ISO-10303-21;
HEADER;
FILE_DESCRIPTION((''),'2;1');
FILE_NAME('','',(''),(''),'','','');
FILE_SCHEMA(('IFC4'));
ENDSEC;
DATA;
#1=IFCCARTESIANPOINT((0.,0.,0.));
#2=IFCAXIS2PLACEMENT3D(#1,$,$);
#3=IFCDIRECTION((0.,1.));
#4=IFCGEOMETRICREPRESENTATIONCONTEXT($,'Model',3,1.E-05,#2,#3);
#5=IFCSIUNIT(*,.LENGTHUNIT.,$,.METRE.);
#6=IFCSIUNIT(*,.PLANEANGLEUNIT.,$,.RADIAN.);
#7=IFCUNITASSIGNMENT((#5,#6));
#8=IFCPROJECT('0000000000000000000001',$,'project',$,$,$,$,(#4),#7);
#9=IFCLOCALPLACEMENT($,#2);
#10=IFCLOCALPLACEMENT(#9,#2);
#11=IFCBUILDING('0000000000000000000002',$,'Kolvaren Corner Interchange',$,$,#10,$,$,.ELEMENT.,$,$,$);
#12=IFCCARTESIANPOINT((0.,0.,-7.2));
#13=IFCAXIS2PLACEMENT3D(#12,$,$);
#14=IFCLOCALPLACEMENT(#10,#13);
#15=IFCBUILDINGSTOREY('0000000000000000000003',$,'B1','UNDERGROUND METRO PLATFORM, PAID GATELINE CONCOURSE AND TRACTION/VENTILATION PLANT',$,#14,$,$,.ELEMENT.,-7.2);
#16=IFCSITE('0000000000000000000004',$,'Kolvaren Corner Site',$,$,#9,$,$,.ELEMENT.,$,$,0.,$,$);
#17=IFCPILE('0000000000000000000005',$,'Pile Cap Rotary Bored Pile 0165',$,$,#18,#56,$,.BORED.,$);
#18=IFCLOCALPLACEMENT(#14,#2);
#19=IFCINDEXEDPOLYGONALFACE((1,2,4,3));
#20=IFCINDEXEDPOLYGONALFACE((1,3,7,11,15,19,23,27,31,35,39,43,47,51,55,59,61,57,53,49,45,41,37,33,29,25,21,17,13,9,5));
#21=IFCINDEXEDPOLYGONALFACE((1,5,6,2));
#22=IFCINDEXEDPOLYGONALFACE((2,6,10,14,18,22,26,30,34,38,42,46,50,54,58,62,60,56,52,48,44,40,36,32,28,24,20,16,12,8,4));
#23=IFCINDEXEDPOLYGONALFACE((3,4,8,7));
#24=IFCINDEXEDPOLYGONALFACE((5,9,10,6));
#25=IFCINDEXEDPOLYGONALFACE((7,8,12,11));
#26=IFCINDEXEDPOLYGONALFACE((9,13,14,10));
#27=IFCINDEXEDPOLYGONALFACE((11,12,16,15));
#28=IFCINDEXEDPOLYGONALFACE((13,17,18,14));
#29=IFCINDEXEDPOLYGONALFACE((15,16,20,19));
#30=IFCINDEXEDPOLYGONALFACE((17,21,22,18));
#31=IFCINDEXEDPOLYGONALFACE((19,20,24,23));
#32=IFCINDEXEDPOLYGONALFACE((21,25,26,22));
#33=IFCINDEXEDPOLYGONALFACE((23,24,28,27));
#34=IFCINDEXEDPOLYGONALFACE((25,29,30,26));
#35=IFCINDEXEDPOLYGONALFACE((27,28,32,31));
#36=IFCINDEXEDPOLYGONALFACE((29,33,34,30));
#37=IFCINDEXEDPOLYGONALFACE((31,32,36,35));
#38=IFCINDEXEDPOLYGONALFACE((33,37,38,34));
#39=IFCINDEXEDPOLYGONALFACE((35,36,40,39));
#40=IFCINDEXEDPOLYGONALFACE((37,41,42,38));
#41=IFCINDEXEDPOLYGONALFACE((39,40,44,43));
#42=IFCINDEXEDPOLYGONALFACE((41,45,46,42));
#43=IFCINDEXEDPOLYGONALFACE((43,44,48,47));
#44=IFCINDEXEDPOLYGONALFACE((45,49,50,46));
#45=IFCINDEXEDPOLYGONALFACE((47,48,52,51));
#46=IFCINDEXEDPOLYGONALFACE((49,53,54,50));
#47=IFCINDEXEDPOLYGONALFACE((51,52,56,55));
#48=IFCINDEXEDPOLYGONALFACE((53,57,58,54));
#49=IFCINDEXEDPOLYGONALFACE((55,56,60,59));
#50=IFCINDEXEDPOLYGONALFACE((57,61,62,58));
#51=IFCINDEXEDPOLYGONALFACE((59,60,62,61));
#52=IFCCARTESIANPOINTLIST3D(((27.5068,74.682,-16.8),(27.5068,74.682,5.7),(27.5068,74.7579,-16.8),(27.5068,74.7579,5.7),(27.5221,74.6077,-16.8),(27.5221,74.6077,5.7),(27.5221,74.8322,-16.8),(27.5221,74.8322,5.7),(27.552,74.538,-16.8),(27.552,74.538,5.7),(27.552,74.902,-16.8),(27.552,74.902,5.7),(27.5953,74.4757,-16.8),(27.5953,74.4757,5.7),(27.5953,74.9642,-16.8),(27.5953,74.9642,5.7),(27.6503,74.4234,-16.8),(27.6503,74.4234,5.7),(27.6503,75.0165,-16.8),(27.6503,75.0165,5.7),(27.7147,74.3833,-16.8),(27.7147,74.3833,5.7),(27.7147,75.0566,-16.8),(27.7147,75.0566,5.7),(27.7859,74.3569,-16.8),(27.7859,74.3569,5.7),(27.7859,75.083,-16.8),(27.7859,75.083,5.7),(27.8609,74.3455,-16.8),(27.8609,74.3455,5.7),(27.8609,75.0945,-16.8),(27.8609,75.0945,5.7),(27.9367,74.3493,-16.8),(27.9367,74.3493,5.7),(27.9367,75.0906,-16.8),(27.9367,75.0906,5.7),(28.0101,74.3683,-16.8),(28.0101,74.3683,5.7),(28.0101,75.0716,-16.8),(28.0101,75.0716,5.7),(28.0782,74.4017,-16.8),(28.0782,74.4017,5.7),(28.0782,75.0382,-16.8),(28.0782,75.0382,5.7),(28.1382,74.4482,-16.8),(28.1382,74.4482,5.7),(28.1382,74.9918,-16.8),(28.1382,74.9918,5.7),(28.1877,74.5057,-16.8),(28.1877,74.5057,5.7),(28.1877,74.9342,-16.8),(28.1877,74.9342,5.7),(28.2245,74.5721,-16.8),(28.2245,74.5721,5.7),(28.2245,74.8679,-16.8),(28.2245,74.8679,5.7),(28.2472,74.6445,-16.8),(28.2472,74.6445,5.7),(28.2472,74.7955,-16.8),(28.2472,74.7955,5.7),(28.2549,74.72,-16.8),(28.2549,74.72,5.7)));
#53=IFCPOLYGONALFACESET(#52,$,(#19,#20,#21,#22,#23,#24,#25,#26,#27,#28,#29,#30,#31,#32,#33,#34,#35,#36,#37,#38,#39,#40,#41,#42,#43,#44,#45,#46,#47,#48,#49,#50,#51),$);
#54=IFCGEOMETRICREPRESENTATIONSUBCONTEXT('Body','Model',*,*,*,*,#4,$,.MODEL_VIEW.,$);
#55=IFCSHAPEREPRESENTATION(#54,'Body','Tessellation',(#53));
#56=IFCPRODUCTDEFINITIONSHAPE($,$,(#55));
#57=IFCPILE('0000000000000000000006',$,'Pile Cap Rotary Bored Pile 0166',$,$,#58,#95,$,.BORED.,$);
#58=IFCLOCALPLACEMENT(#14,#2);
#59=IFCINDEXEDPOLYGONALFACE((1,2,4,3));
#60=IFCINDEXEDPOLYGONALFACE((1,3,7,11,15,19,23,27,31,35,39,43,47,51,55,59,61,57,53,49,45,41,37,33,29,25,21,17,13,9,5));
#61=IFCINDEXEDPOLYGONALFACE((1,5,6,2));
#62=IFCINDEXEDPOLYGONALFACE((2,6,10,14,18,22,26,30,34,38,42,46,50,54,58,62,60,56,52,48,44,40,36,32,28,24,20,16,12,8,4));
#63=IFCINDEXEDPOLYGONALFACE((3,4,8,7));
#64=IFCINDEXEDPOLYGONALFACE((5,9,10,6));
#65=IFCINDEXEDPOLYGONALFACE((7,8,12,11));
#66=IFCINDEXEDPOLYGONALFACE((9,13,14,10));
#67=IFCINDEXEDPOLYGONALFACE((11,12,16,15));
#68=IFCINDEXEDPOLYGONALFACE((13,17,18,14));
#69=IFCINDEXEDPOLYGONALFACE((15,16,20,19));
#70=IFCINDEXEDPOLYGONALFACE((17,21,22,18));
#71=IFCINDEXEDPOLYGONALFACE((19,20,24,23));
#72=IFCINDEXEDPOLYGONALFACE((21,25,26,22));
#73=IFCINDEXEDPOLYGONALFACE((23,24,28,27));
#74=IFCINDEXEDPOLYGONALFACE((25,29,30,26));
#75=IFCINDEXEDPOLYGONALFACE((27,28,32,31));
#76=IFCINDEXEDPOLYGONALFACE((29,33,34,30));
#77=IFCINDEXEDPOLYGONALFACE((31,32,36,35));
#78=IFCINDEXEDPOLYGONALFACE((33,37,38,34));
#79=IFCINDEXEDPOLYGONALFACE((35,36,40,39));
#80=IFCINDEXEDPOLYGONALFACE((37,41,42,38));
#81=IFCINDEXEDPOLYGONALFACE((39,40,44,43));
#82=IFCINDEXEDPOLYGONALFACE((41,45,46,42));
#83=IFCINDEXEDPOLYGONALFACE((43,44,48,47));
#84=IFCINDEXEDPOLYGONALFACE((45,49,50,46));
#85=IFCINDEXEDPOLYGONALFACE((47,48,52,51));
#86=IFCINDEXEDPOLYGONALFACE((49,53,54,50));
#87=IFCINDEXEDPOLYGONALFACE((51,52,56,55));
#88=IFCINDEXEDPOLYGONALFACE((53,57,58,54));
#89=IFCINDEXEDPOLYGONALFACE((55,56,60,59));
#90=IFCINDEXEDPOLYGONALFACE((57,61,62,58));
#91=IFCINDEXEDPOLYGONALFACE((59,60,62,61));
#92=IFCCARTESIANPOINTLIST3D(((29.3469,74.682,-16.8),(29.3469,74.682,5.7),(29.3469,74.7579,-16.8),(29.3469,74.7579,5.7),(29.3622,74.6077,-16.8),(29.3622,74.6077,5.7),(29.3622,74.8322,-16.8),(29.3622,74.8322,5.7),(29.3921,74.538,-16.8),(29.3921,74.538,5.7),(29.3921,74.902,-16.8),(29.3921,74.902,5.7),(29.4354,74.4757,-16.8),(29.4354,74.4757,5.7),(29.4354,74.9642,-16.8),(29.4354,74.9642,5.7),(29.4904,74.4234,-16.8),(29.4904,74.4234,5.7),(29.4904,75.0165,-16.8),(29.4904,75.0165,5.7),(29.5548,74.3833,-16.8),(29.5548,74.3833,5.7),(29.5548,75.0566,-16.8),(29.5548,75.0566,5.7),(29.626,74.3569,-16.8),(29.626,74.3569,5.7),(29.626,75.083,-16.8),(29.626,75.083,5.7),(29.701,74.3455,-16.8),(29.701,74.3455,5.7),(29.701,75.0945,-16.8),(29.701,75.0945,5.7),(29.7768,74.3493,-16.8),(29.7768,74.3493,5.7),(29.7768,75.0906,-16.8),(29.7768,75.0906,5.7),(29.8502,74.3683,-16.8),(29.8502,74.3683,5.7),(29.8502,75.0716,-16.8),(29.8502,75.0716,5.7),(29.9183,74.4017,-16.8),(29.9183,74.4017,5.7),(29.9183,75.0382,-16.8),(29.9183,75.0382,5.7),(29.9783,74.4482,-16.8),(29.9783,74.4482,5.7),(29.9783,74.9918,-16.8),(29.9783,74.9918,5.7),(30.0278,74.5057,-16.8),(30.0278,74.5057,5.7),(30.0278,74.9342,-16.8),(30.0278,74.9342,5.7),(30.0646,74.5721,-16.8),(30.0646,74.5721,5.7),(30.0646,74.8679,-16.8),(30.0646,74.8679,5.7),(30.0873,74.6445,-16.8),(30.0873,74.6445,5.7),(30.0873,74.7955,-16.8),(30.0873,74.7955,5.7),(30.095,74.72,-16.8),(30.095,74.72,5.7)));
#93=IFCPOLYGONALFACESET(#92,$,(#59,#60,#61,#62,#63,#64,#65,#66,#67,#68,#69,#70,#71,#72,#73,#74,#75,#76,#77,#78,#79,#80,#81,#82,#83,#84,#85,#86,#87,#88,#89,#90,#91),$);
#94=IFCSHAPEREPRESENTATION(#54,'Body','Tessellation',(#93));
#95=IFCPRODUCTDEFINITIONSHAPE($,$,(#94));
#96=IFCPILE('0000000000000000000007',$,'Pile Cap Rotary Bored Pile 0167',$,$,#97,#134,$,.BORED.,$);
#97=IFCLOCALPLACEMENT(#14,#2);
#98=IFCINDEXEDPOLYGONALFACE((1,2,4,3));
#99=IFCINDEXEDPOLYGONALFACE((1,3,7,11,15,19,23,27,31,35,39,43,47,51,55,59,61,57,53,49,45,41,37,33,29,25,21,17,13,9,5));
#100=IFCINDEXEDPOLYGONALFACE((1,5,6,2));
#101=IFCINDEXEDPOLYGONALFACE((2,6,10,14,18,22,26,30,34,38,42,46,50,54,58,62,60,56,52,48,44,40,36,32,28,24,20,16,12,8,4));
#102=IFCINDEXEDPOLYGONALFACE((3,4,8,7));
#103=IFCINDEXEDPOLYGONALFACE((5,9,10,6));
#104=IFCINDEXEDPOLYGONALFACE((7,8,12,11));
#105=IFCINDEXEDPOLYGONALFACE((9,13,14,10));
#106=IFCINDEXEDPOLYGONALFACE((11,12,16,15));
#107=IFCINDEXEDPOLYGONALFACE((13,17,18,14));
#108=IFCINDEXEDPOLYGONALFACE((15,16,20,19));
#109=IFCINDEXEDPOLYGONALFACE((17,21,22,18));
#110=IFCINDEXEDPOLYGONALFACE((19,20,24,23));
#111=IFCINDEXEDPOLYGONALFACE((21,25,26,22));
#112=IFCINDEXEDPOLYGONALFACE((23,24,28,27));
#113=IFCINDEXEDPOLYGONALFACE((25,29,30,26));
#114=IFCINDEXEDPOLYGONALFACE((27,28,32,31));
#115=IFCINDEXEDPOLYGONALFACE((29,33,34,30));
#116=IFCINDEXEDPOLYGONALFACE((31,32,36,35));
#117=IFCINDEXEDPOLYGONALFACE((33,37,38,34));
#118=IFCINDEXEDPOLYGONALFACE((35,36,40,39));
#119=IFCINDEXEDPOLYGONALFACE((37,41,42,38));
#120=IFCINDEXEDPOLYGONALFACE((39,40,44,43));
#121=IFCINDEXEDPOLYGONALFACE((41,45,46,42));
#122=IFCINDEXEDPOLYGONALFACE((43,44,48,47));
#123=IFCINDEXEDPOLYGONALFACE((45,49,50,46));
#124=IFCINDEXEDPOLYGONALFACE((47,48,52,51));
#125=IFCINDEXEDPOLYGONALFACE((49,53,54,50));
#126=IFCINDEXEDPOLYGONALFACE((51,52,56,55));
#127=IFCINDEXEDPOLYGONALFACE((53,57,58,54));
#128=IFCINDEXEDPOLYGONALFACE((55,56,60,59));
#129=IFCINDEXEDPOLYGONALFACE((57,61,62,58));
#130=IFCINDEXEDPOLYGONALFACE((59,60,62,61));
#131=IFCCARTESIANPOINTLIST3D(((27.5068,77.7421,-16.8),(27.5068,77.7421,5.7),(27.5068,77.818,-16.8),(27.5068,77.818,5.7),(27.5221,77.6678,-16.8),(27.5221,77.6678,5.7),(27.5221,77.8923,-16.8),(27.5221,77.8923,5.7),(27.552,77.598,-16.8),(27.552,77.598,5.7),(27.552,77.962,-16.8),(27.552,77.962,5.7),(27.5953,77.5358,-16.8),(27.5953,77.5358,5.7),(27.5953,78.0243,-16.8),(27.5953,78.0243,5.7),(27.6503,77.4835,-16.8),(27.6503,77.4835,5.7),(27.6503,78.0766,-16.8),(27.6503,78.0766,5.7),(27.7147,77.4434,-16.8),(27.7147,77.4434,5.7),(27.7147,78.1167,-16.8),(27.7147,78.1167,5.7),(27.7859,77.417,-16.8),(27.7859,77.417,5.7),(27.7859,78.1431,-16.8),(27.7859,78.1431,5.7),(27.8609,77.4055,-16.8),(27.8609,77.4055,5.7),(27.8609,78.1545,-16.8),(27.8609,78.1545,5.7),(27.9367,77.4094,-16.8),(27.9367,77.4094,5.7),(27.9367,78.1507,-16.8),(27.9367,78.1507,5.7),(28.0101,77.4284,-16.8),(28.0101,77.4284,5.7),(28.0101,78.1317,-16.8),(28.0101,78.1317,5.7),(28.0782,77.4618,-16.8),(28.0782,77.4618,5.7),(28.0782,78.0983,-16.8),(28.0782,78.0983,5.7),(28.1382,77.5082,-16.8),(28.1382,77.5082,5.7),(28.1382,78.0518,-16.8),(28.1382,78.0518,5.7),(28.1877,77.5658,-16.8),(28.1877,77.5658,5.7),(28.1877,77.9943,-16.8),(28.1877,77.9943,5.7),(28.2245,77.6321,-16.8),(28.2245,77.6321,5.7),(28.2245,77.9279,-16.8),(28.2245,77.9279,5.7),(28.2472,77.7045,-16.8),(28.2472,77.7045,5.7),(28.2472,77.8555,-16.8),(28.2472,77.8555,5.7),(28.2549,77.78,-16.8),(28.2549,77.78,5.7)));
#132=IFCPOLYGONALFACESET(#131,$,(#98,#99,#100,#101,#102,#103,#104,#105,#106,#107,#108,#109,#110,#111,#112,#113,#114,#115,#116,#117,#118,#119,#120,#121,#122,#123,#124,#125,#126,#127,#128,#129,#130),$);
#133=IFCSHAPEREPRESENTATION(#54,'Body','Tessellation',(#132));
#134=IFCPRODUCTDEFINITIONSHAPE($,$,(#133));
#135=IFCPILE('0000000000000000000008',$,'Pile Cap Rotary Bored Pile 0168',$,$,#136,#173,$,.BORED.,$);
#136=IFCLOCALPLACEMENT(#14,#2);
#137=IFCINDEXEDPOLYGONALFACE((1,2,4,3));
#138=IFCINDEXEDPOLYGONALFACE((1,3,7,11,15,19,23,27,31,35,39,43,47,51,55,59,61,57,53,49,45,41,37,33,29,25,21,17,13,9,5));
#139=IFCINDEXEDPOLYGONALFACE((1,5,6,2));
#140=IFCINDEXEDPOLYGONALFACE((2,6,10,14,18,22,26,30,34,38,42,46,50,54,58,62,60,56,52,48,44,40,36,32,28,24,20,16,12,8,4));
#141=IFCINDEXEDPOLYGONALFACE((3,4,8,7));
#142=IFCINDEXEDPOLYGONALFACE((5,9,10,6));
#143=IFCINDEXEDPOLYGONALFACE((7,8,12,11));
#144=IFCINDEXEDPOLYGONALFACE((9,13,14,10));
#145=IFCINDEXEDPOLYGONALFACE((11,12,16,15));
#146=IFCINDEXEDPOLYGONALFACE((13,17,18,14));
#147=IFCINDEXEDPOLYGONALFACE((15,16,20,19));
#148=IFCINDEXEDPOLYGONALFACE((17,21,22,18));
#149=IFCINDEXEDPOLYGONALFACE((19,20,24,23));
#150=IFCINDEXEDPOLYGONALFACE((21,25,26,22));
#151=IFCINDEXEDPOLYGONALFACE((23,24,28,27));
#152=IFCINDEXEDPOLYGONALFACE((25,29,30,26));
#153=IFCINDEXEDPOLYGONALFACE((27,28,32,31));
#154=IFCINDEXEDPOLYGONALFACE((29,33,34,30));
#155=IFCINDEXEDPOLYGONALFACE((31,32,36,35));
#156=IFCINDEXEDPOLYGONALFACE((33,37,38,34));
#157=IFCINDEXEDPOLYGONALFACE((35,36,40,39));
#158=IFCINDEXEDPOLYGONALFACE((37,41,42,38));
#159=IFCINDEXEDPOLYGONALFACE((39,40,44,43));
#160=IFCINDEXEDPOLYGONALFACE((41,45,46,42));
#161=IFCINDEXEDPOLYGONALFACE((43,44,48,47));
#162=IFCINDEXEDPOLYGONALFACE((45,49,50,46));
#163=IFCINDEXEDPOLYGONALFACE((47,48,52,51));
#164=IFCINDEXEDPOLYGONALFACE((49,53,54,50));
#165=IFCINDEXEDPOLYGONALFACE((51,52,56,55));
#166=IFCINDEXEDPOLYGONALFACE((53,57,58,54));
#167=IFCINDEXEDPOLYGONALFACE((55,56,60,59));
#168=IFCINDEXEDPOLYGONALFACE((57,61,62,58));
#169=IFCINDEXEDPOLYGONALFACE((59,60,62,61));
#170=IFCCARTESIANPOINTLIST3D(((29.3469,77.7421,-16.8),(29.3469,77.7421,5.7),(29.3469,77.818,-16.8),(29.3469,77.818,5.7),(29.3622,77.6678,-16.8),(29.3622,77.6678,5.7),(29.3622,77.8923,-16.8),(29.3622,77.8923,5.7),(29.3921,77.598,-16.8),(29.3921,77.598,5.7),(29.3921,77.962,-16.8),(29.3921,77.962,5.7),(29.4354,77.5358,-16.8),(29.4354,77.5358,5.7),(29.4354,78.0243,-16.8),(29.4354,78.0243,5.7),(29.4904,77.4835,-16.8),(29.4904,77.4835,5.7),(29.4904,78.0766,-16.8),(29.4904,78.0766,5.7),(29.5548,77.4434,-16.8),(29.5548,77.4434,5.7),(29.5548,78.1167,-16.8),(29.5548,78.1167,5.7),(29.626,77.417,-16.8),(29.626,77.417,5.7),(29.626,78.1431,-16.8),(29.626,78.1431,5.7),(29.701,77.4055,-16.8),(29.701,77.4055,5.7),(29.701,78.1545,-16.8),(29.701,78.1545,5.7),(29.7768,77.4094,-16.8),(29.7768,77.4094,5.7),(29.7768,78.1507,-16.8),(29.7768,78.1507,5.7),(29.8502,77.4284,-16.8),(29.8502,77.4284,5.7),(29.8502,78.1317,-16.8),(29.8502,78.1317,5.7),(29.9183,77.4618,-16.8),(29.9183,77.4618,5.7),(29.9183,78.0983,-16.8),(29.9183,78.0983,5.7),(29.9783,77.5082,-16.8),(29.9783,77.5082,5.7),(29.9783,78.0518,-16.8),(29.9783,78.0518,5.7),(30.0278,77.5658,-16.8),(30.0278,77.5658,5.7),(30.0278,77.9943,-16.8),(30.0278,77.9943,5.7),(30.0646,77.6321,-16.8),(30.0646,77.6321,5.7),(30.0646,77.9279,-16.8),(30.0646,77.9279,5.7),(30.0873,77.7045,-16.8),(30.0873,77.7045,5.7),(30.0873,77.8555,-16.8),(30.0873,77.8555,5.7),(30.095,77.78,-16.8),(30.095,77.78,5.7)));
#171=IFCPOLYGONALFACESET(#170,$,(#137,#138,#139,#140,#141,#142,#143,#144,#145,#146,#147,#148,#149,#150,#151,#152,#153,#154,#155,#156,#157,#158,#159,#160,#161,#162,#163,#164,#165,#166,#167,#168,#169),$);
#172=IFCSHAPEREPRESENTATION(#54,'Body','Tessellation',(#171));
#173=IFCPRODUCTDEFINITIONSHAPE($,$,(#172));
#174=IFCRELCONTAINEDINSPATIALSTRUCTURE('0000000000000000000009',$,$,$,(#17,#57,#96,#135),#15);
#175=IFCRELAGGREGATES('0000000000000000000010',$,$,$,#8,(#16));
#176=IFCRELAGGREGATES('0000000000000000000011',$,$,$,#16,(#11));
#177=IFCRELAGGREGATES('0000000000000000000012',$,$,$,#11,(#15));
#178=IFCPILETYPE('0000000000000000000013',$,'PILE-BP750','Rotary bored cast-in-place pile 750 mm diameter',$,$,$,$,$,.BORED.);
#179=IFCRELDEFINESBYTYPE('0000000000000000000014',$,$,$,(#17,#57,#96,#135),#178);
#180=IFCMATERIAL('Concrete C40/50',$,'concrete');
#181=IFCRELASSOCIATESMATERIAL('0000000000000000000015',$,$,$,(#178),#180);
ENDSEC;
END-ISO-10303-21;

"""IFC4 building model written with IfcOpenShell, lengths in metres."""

from ifc_helpers import new_model, si_unit, direction, frame, origin, origin_2d, place, context, subcontext, project, spatial, circle, extrude, material, material_profile, profile_set, type_object, element, save


model = new_model("IFC4")

# Units and contexts
model_context = context("Model", 3, precision=1e-05, world=origin(), true_north=direction((0.0, 1.0)))
body_context = subcontext(model_context, "Body", "Model", "MODEL_VIEW")
ifc_project = project(units=[si_unit("LENGTHUNIT", "METRE"), si_unit("PLANEANGLEUNIT", "RADIAN")], contexts=[model_context])

# Site, building, storey
site_placement = place(None, origin())
site = spatial("IfcSite", under=ifc_project, at=site_placement, Name="Kolvaren Corner Site", CompositionType="ELEMENT", RefElevation=0.0)
building_placement = place(site_placement, origin())
building = spatial("IfcBuilding", under=site, at=building_placement, Name="Kolvaren Corner Interchange", CompositionType="ELEMENT")
storey_placement = place(building_placement, frame((0.0, 0.0, -7.2)))
storey = spatial("IfcBuildingStorey", under=building, at=storey_placement, Name="B1", Description="UNDERGROUND METRO PLATFORM, PAID GATELINE CONCOURSE AND TRACTION/VENTILATION PLANT", CompositionType="ELEMENT", Elevation=-7.2)

# Piles
ifc_material_1 = material(Name="Concrete C40/50", Category="concrete")
ifc_material_profile = material_profile(ifc_material_1, circle(Radius=0.375, at=origin_2d()), Name="BORED PILE 750")
ifc_profile_set = profile_set([ifc_material_profile], Name="Concrete C40/50")
pile_type = type_object("IfcPileType", Name="PILE-BP750", Description="Rotary bored cast-in-place pile 750 mm diameter", PredefinedType="BORED", material=ifc_profile_set)
for number, where, z_axis, x_axis, name in (
    (1, (27.8799, 74.72, 5.7), (0.0, 0.0, -1.0), (1.0, 0.0, 0.0), "Pile Cap Rotary Bored Pile 0165"),
    (2, (29.72, 74.72, 5.7), (0.0, 0.0, -1.0), (1.0, 0.0, 0.0), "Pile Cap Rotary Bored Pile 0166"),
    (3, (27.8799, 77.78, 5.7), (0.0, 0.0, -1.0), (1.0, 0.0, 0.0), "Pile Cap Rotary Bored Pile 0167"),
    (4, (29.72, 77.78, 5.7), (0.0, 0.0, -1.0), (1.0, 0.0, 0.0), "Pile Cap Rotary Bored Pile 0168"),
):
    element("IfcPile", number, at=place(storey_placement, frame(where, z_axis=z_axis, x_axis=x_axis)), inside=storey, type_object=pile_type, Name=name, PredefinedType="BORED", context=body_context, shape_type="SweptSolid", body=[
        extrude(circle(Radius=0.375, at=origin_2d()), origin(), (0.0, 0.0, 1.0), 22.5),
    ])

save(model, "model.ifc")
